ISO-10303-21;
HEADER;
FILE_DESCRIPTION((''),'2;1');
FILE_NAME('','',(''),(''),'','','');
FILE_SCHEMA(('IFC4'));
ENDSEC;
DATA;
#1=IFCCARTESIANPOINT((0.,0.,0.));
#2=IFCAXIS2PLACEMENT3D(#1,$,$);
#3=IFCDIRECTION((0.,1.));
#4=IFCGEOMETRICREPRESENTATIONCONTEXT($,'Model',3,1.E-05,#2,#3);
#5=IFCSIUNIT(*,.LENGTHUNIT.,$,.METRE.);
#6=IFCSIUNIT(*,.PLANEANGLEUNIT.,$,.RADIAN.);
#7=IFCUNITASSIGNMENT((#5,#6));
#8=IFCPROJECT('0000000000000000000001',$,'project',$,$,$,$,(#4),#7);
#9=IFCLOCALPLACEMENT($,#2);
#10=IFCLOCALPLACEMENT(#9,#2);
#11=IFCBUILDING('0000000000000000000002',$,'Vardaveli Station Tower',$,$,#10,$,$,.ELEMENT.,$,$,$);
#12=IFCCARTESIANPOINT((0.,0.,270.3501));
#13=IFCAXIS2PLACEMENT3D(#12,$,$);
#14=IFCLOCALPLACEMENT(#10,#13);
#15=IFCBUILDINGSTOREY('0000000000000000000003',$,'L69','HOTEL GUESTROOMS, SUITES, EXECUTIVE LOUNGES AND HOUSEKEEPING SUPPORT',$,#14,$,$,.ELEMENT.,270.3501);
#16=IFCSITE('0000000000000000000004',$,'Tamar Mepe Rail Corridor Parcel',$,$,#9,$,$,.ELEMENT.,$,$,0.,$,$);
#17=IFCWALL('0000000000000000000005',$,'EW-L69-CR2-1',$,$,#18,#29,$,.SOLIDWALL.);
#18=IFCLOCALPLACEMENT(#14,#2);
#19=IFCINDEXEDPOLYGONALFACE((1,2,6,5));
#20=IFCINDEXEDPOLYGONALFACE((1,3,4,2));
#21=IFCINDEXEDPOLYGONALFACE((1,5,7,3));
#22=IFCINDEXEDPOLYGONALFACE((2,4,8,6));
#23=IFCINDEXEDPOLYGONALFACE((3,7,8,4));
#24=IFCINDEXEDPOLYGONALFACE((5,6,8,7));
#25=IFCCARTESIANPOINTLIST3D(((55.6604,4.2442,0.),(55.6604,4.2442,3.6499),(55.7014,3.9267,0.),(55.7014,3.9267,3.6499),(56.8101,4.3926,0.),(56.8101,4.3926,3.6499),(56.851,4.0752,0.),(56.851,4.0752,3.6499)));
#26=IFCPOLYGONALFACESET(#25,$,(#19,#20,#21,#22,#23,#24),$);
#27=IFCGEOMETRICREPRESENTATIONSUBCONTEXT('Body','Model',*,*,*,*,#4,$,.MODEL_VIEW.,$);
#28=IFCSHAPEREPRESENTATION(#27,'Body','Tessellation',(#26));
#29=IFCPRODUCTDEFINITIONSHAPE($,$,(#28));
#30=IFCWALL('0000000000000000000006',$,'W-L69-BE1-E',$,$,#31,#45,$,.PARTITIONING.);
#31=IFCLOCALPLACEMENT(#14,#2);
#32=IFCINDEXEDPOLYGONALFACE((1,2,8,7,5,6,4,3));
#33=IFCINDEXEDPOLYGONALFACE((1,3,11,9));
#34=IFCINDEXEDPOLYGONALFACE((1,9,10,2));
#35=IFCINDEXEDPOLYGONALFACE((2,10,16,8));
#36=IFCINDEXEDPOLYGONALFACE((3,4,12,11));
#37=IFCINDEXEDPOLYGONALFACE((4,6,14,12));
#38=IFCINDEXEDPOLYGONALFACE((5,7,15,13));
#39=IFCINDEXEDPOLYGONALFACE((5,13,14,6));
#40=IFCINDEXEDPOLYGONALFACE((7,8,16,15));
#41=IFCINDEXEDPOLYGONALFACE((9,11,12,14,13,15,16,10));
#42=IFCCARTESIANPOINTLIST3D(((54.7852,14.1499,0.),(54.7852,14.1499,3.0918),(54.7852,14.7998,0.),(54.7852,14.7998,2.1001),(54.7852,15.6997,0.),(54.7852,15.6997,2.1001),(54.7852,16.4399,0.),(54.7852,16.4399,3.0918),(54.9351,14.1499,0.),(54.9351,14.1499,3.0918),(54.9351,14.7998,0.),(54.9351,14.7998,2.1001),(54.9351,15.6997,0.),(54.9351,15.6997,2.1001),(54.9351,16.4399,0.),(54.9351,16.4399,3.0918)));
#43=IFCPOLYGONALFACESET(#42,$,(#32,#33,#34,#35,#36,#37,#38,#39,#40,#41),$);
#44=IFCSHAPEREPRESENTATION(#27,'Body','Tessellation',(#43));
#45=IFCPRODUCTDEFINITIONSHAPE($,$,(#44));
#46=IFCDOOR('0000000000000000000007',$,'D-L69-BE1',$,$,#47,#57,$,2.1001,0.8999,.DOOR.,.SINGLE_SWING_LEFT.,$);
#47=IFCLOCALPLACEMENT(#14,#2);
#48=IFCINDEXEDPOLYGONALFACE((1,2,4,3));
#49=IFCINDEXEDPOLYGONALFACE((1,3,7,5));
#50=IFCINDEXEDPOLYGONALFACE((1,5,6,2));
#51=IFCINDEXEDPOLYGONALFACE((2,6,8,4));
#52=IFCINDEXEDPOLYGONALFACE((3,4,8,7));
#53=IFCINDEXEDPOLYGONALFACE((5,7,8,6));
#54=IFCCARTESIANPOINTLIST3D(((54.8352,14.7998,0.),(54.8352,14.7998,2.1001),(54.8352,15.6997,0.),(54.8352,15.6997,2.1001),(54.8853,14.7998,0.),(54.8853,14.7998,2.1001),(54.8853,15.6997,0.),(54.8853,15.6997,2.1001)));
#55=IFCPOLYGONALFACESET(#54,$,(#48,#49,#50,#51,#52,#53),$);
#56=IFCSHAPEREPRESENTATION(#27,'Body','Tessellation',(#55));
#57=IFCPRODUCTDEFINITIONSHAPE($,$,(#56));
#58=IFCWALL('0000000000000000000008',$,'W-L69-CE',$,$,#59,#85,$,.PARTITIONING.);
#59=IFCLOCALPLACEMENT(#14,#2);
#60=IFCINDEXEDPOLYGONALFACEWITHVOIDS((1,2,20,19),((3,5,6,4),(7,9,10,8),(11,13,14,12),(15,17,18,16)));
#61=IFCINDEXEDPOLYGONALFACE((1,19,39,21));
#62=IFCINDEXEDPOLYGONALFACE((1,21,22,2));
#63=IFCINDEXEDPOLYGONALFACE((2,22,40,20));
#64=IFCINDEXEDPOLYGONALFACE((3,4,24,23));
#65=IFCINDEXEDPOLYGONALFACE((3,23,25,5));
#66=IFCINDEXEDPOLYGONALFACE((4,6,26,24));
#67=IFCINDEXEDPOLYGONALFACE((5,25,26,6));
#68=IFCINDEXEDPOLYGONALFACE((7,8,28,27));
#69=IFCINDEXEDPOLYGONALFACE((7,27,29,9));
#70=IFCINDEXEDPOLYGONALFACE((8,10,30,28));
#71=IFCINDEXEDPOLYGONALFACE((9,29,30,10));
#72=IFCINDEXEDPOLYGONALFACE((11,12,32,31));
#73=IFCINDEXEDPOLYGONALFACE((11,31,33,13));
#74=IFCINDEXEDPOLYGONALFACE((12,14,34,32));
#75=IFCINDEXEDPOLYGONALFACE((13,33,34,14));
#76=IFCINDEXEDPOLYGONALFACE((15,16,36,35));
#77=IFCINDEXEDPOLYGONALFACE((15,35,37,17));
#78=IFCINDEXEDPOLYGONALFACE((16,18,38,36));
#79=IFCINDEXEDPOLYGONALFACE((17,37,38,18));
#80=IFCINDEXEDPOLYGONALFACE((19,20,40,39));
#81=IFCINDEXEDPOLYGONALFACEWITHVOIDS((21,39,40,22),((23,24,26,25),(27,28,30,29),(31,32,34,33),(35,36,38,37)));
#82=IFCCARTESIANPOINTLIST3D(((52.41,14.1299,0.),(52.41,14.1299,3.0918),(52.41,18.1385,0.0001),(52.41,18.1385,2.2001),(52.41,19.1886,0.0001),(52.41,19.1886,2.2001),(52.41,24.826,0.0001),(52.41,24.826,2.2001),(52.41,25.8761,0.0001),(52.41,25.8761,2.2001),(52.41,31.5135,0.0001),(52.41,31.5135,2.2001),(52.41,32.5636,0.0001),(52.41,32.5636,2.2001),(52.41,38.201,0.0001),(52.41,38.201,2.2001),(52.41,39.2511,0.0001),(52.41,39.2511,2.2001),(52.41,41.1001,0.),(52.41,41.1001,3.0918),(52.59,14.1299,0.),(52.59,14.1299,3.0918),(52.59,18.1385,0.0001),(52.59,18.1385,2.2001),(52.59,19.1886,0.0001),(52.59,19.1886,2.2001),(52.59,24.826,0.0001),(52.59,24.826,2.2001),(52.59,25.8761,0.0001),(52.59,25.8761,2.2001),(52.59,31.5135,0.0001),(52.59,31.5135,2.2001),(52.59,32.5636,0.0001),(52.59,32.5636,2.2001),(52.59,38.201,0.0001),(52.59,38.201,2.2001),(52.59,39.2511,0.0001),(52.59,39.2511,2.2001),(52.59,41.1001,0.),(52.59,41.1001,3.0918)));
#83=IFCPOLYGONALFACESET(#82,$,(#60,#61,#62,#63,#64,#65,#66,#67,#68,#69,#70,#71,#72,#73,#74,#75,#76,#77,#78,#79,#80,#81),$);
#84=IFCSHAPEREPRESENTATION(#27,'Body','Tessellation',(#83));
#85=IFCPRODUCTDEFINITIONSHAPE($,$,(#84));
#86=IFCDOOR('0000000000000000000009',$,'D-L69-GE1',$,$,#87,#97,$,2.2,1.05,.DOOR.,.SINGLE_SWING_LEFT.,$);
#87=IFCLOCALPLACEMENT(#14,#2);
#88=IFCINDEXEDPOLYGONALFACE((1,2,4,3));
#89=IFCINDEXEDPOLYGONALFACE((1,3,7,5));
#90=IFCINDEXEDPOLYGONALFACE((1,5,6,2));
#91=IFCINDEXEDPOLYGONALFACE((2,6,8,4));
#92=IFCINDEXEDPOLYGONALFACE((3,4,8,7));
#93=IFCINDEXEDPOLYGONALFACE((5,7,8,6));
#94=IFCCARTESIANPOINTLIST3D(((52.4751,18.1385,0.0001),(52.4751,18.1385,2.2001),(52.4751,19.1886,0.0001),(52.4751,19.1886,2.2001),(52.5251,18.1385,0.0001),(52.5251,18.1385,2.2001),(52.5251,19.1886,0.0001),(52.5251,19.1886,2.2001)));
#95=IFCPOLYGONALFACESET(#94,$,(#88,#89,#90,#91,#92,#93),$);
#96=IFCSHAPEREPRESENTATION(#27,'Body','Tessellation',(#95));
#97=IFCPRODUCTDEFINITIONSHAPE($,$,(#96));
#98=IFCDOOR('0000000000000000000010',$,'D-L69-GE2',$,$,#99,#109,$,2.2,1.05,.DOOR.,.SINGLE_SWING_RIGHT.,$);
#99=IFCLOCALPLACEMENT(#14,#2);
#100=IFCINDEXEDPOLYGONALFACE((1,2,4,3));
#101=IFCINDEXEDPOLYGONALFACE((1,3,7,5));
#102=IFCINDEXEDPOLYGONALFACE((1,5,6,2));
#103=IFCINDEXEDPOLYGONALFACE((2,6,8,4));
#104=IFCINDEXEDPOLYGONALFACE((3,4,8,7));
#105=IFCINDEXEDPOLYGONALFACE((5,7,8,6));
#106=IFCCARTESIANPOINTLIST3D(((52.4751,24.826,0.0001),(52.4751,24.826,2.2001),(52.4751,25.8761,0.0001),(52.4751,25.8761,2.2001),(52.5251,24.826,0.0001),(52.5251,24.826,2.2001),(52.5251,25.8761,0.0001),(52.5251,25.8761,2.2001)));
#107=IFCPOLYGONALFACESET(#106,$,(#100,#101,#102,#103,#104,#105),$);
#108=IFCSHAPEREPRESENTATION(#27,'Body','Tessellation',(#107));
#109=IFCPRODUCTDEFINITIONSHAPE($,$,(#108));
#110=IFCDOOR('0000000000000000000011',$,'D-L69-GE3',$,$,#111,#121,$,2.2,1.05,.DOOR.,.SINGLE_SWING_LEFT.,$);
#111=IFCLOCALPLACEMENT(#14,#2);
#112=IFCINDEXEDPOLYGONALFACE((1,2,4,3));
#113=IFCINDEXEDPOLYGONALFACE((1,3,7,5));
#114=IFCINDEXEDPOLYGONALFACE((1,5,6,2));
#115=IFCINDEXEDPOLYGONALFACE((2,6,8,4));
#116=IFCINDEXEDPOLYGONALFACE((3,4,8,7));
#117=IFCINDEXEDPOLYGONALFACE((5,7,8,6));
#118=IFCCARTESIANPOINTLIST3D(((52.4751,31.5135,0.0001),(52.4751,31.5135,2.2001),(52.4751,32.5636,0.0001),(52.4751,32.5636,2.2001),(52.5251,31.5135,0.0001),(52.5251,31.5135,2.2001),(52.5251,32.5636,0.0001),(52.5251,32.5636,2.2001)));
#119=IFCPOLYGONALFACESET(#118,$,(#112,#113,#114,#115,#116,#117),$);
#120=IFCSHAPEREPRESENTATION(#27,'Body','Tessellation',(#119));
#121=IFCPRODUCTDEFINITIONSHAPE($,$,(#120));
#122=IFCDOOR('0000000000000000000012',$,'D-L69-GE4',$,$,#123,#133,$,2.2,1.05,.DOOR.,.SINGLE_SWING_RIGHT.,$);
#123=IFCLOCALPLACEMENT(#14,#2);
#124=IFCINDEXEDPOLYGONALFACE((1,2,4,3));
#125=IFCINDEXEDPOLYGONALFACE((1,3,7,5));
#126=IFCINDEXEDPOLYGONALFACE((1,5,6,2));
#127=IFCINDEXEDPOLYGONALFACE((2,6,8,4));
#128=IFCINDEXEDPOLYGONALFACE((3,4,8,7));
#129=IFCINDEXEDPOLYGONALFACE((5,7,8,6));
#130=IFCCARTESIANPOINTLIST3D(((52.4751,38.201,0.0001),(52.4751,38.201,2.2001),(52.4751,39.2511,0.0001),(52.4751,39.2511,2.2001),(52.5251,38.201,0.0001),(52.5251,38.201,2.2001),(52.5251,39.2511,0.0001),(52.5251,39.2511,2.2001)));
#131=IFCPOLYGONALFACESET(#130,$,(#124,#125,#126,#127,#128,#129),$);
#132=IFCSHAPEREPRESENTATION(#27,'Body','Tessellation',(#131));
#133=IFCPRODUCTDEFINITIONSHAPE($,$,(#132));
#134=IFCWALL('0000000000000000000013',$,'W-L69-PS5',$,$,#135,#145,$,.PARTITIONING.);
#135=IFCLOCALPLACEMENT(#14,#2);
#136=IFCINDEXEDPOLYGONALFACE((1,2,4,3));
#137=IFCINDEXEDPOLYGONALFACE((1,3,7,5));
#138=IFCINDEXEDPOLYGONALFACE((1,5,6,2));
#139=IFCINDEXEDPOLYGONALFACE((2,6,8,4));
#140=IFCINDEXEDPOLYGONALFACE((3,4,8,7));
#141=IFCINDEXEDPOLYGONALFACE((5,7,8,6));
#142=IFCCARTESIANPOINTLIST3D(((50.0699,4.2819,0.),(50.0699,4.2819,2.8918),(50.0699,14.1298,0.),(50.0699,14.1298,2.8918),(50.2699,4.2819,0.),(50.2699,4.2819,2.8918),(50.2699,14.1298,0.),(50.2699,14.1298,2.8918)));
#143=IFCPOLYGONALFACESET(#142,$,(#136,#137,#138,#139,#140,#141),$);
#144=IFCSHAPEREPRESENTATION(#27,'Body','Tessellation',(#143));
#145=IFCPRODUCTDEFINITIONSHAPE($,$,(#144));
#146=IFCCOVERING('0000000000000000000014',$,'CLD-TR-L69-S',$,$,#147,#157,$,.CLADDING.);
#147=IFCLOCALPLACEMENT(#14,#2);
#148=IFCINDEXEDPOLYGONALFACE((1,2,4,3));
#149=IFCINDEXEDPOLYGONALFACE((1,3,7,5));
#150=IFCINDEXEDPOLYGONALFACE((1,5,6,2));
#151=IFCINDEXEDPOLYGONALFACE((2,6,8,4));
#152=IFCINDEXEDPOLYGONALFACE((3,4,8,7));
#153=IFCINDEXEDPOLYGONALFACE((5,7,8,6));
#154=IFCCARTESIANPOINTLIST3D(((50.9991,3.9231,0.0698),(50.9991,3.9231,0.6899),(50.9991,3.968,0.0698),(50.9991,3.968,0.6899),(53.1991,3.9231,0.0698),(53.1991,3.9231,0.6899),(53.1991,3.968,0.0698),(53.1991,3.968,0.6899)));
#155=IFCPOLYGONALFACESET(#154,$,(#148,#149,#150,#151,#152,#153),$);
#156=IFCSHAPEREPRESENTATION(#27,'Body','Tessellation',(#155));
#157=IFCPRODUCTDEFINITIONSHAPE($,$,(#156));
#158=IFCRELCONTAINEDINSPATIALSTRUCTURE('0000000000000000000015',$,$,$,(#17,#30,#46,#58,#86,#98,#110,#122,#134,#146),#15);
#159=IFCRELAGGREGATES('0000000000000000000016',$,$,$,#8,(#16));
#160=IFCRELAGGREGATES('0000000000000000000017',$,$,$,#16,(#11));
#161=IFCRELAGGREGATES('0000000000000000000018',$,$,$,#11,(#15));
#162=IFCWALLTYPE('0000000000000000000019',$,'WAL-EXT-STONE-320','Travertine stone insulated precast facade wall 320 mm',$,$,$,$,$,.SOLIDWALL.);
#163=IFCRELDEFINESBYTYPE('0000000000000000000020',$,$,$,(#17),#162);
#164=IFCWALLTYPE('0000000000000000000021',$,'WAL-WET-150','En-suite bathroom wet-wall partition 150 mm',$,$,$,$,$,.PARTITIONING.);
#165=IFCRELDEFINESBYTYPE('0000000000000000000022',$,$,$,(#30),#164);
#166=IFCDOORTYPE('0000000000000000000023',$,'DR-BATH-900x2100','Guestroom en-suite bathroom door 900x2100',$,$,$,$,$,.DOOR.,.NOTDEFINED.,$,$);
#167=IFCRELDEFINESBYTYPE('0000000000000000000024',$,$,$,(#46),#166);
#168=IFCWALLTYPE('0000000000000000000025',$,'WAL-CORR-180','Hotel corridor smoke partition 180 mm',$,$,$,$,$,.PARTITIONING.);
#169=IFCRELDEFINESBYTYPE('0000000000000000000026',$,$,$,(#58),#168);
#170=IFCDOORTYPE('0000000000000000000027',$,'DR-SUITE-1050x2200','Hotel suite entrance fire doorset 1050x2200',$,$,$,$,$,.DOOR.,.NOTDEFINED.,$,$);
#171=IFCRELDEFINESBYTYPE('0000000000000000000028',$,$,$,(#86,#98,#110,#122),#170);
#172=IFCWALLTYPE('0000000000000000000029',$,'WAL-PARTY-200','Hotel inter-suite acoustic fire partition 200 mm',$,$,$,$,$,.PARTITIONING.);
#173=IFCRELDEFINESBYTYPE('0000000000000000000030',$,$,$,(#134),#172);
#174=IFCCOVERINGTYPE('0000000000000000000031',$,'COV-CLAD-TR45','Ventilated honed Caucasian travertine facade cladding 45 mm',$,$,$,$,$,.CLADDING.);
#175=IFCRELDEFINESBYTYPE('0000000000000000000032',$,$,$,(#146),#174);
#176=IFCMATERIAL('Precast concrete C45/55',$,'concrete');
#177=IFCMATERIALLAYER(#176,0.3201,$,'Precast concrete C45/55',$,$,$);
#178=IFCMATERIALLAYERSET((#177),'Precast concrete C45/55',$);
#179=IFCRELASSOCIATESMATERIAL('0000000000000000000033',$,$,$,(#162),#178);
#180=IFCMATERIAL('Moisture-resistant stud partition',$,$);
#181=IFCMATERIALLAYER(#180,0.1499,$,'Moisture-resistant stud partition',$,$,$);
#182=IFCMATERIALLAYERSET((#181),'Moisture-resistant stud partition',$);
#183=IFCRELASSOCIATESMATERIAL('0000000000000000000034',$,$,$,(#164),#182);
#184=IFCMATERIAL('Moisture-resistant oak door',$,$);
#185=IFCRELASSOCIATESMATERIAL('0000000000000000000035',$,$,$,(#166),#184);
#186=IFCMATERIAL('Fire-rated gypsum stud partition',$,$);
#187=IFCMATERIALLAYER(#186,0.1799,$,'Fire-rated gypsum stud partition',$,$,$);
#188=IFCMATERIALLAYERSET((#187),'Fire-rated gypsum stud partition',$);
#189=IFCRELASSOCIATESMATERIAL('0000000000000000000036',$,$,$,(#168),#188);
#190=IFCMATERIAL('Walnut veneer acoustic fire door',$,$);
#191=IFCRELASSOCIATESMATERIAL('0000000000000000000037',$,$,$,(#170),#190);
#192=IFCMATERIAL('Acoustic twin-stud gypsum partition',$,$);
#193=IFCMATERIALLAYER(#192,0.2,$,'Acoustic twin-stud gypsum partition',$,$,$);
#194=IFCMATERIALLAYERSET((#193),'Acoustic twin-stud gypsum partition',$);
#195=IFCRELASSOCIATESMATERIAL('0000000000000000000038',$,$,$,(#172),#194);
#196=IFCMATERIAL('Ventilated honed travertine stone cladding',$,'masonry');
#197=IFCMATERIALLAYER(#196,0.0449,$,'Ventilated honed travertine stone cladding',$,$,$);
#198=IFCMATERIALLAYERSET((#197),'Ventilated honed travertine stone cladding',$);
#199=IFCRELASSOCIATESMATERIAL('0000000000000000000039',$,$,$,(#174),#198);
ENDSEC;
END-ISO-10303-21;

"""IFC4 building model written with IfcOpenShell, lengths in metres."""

from ifc_helpers import new_model, si_unit, direction, frame, frame_2d, origin, origin_2d, place, context, subcontext, project, spatial, rectangle, extrude, source, transform, mapped, material, layer, layer_set, type_object, element, fill, save


model = new_model("IFC4")

# Units and contexts
model_context = context("Model", 3, precision=1e-05, world=origin(), true_north=direction((0.0, 1.0)))
body_context = subcontext(model_context, "Body", "Model", "MODEL_VIEW")
ifc_project = project(units=[si_unit("LENGTHUNIT", "METRE"), si_unit("PLANEANGLEUNIT", "RADIAN")], contexts=[model_context])

# Site, building, storey
site_placement = place(None, origin())
site = spatial("IfcSite", under=ifc_project, at=site_placement, Name="Tamar Mepe Rail Corridor Parcel", CompositionType="ELEMENT", RefElevation=0.0)
building_placement = place(site_placement, origin())
building = spatial("IfcBuilding", under=site, at=building_placement, Name="Vardaveli Station Tower", CompositionType="ELEMENT")
storey_placement = place(building_placement, frame((0.0, 0.0, 270.3501)))
storey = spatial("IfcBuildingStorey", under=building, at=storey_placement, Name="L69", Description="HOTEL GUESTROOMS, SUITES, EXECUTIVE LOUNGES AND HOUSEKEEPING SUPPORT", CompositionType="ELEMENT", Elevation=270.3501)

# Shared definitions
ifc_material_1 = material(Name="Precast concrete C45/55", Category="concrete")

# Shared definitions
ifc_layer_1 = layer(ifc_material_1, 0.3201, Name="Precast concrete C45/55")
ifc_layer_set_1 = layer_set([ifc_layer_1], Name="Precast concrete C45/55")
wall_type_1 = type_object("IfcWallType", Name="WAL-EXT-STONE-320", Description="Travertine stone insulated precast facade wall 320 mm", PredefinedType="SOLIDWALL", material=ifc_layer_set_1)

# Wall
shared_shape_1 = source(origin(), body_context, "Body", "SweptSolid", [
    extrude(rectangle(XDim=1.1592, YDim=0.3201, at=frame_2d((0.5796, 0.0))), origin(), (0.0, 0.0, 1.0), 3.6499),
])
wall_1_placement = place(storey_placement, frame((55.6809, 4.0854, 0.0), z_axis=(0.0, 0.0, 1.0), x_axis=(0.991768, 0.128052, 0.0)))
element("IfcWall", 1, at=wall_1_placement, inside=storey, type_object=wall_type_1, Name="EW-L69-CR2-1", PredefinedType="SOLIDWALL", context=body_context, shape_type="MappedRepresentation", body=[
    mapped(shared_shape_1, transform((0.0, 0.0, 0.0), scale=1.0)),
])

# Wall, opening, door
ifc_material_2 = material(Name="Moisture-resistant stud partition")
ifc_layer_2 = layer(ifc_material_2, 0.1499, Name="Moisture-resistant stud partition")
ifc_layer_set_2 = layer_set([ifc_layer_2], Name="Moisture-resistant stud partition")
wall_type_2 = type_object("IfcWallType", Name="WAL-WET-150", Description="En-suite bathroom wet-wall partition 150 mm", PredefinedType="PARTITIONING", material=ifc_layer_set_2)
shared_shape_2 = source(origin(), body_context, "Body", "SweptSolid", [
    extrude(rectangle(XDim=2.29, YDim=0.1499, at=frame_2d((1.145, 0.0))), origin(), (0.0, 0.0, 1.0), 3.0918),
])
wall_2_placement = place(storey_placement, frame((54.8601, 14.1499, 0.0), z_axis=(0.0, 0.0, 1.0), x_axis=(0.0, 1.0, 0.0)))
wall_2 = element("IfcWall", 2, at=wall_2_placement, inside=storey, type_object=wall_type_2, Name="W-L69-BE1-E", PredefinedType="PARTITIONING", context=body_context, shape_type="MappedRepresentation", body=[
    mapped(shared_shape_2, transform((0.0, 0.0, 0.0), scale=1.0)),
])
shared_shape_3 = source(origin(), body_context, "Body", "SweptSolid", [
    extrude(rectangle(XDim=0.8999, YDim=2.1001, at=frame_2d((0.45, 1.05))), frame((0.0, 0.085, 0.0), z_axis=(0.0, -1.0, 0.0), x_axis=(1.0, 0.0, 0.0)), (0.0, 0.0, 1.0), 0.1699),
])
opening_1_placement = place(wall_2_placement, frame((0.6499, 0.0, 0.0)))
opening_1 = element("IfcOpeningElement", 3, at=opening_1_placement, cuts=wall_2, PredefinedType="OPENING", context=body_context, shape_type="MappedRepresentation", body=[
    mapped(shared_shape_3, transform((0.0, 0.0, 0.0), scale=1.0)),
])
ifc_material_3 = material(Name="Moisture-resistant oak door")
door_type_1 = type_object("IfcDoorType", Name="DR-BATH-900x2100", Description="Guestroom en-suite bathroom door 900x2100", OperationType="NOTDEFINED", PredefinedType="DOOR", material=ifc_material_3)
shared_shape_4 = source(origin(), body_context, "Body", "SweptSolid", [
    extrude(rectangle(XDim=0.8999, YDim=2.1001, at=frame_2d((0.45, 1.05))), frame((0.0, 0.0249, 0.0), z_axis=(0.0, -1.0, 0.0), x_axis=(1.0, 0.0, 0.0)), (0.0, 0.0, 1.0), 0.05),
])
door_1_placement = place(opening_1_placement, origin())
door_1 = element("IfcDoor", 4, at=door_1_placement, inside=storey, type_object=door_type_1, Name="D-L69-BE1", OperationType="SINGLE_SWING_LEFT", OverallHeight=2.1001, OverallWidth=0.8999, PredefinedType="DOOR", context=body_context, shape_type="MappedRepresentation", body=[
    mapped(shared_shape_4, transform((0.0, 0.0, 0.0), scale=1.0)),
])
fill(opening_1, door_1)

# Wall, openings, doors
ifc_material_4 = material(Name="Fire-rated gypsum stud partition")
ifc_layer_3 = layer(ifc_material_4, 0.1799, Name="Fire-rated gypsum stud partition")
ifc_layer_set_3 = layer_set([ifc_layer_3], Name="Fire-rated gypsum stud partition")
wall_type_3 = type_object("IfcWallType", Name="WAL-CORR-180", Description="Hotel corridor smoke partition 180 mm", PredefinedType="PARTITIONING", material=ifc_layer_set_3)
shared_shape_5 = source(origin(), body_context, "Body", "SweptSolid", [
    extrude(rectangle(XDim=26.9702, YDim=0.1799, at=frame_2d((13.4851, 0.0))), origin(), (0.0, 0.0, 1.0), 3.0918),
])
wall_3_placement = place(storey_placement, frame((52.5, 14.1299, 0.0), z_axis=(0.0, 0.0, 1.0), x_axis=(0.0, 1.0, 0.0)))
wall_3 = element("IfcWall", 5, at=wall_3_placement, inside=storey, type_object=wall_type_3, Name="W-L69-CE", PredefinedType="PARTITIONING", context=body_context, shape_type="MappedRepresentation", body=[
    mapped(shared_shape_5, transform((0.0, 0.0, 0.0), scale=1.0)),
])
shared_shape_6 = source(origin(), body_context, "Body", "SweptSolid", [
    extrude(rectangle(XDim=1.05, YDim=2.2, at=frame_2d((0.5249, 1.1001))), frame((0.0, 0.1001, 0.0), z_axis=(0.0, -1.0, 0.0), x_axis=(1.0, 0.0, 0.0)), (0.0, 0.0, 1.0), 0.2),
])
opening_2_placement = place(wall_3_placement, frame((4.0088, 0.0, 0.0)))
opening_2 = element("IfcOpeningElement", 6, at=opening_2_placement, cuts=wall_3, PredefinedType="OPENING", context=body_context, shape_type="MappedRepresentation", body=[
    mapped(shared_shape_6, transform((0.0, 0.0, 0.0), scale=1.0)),
])
opening_3_placement = place(wall_3_placement, frame((10.6963, 0.0, 0.0)))
opening_3 = element("IfcOpeningElement", 7, at=opening_3_placement, cuts=wall_3, PredefinedType="OPENING", context=body_context, shape_type="MappedRepresentation", body=[
    mapped(shared_shape_6, transform((0.0, 0.0, 0.0), scale=1.0)),
])
opening_4_placement = place(wall_3_placement, frame((17.3838, 0.0, 0.0)))
opening_4 = element("IfcOpeningElement", 8, at=opening_4_placement, cuts=wall_3, PredefinedType="OPENING", context=body_context, shape_type="MappedRepresentation", body=[
    mapped(shared_shape_6, transform((0.0, 0.0, 0.0), scale=1.0)),
])
opening_5_placement = place(wall_3_placement, frame((24.0713, 0.0, 0.0)))
opening_5 = element("IfcOpeningElement", 9, at=opening_5_placement, cuts=wall_3, PredefinedType="OPENING", context=body_context, shape_type="MappedRepresentation", body=[
    mapped(shared_shape_6, transform((0.0, 0.0, 0.0), scale=1.0)),
])
ifc_material_5 = material(Name="Walnut veneer acoustic fire door")
door_type_2 = type_object("IfcDoorType", Name="DR-SUITE-1050x2200", Description="Hotel suite entrance fire doorset 1050x2200", OperationType="NOTDEFINED", PredefinedType="DOOR", material=ifc_material_5)
shared_shape_7 = source(origin(), body_context, "Body", "SweptSolid", [
    extrude(rectangle(XDim=1.05, YDim=2.2, at=frame_2d((0.5249, 1.1001))), frame((0.0, 0.0249, 0.0), z_axis=(0.0, -1.0, 0.0), x_axis=(1.0, 0.0, 0.0)), (0.0, 0.0, 1.0), 0.05),
])
door_2_placement = place(opening_2_placement, origin())
door_2 = element("IfcDoor", 10, at=door_2_placement, inside=storey, type_object=door_type_2, Name="D-L69-GE1", OperationType="SINGLE_SWING_LEFT", OverallHeight=2.2, OverallWidth=1.05, PredefinedType="DOOR", context=body_context, shape_type="MappedRepresentation", body=[
    mapped(shared_shape_7, transform((0.0, 0.0, 0.0), scale=1.0)),
])
fill(opening_2, door_2)
door_3_placement = place(opening_3_placement, origin())
door_3 = element("IfcDoor", 11, at=door_3_placement, inside=storey, type_object=door_type_2, Name="D-L69-GE2", OperationType="SINGLE_SWING_RIGHT", OverallHeight=2.2, OverallWidth=1.05, PredefinedType="DOOR", context=body_context, shape_type="MappedRepresentation", body=[
    mapped(shared_shape_7, transform((0.0, 0.0, 0.0), scale=1.0)),
])
fill(opening_3, door_3)
door_4_placement = place(opening_4_placement, origin())
door_4 = element("IfcDoor", 12, at=door_4_placement, inside=storey, type_object=door_type_2, Name="D-L69-GE3", OperationType="SINGLE_SWING_LEFT", OverallHeight=2.2, OverallWidth=1.05, PredefinedType="DOOR", context=body_context, shape_type="MappedRepresentation", body=[
    mapped(shared_shape_7, transform((0.0, 0.0, 0.0), scale=1.0)),
])
fill(opening_4, door_4)
door_5_placement = place(opening_5_placement, origin())
door_5 = element("IfcDoor", 13, at=door_5_placement, inside=storey, type_object=door_type_2, Name="D-L69-GE4", OperationType="SINGLE_SWING_RIGHT", OverallHeight=2.2, OverallWidth=1.05, PredefinedType="DOOR", context=body_context, shape_type="MappedRepresentation", body=[
    mapped(shared_shape_7, transform((0.0, 0.0, 0.0), scale=1.0)),
])
fill(opening_5, door_5)

# Wall
ifc_material_6 = material(Name="Acoustic twin-stud gypsum partition")
ifc_layer_4 = layer(ifc_material_6, 0.2, Name="Acoustic twin-stud gypsum partition")
ifc_layer_set_4 = layer_set([ifc_layer_4], Name="Acoustic twin-stud gypsum partition")
wall_type_4 = type_object("IfcWallType", Name="WAL-PARTY-200", Description="Hotel inter-suite acoustic fire partition 200 mm", PredefinedType="PARTITIONING", material=ifc_layer_set_4)
shared_shape_8 = source(origin(), body_context, "Body", "SweptSolid", [
    extrude(rectangle(XDim=9.8479, YDim=0.2, at=frame_2d((4.9238, 0.0))), origin(), (0.0, 0.0, 1.0), 2.8918),
])
wall_4_placement = place(storey_placement, frame((50.1699, 4.282, 0.0), z_axis=(0.0, 0.0, 1.0), x_axis=(0.0, 1.0, 0.0)))
element("IfcWall", 14, at=wall_4_placement, inside=storey, type_object=wall_type_4, Name="W-L69-PS5", PredefinedType="PARTITIONING", context=body_context, shape_type="MappedRepresentation", body=[
    mapped(shared_shape_8, transform((0.0, 0.0, 0.0), scale=1.0)),
])

# Covering
ifc_material_7 = material(Name="Ventilated honed travertine stone cladding", Category="masonry")
ifc_layer_5 = layer(ifc_material_7, 0.0449, Name="Ventilated honed travertine stone cladding")
ifc_layer_set_5 = layer_set([ifc_layer_5], Name="Ventilated honed travertine stone cladding")
covering_type = type_object("IfcCoveringType", Name="COV-CLAD-TR45", Description="Ventilated honed Caucasian travertine facade cladding 45 mm", PredefinedType="CLADDING", material=ifc_layer_set_5)
shared_shape_9 = source(origin(), body_context, "Body", "SweptSolid", [
    extrude(rectangle(XDim=2.2, YDim=0.0449, at=origin_2d()), origin(), (0.0, 0.0, 1.0), 0.6201),
])
covering_placement = place(storey_placement, frame((52.0991, 3.9456, 0.0698), z_axis=(0.0, 0.0, 1.0), x_axis=(1.0, 0.0, 0.0)))
element("IfcCovering", 15, at=covering_placement, inside=storey, type_object=covering_type, Name="CLD-TR-L69-S", PredefinedType="CLADDING", context=body_context, shape_type="MappedRepresentation", body=[
    mapped(shared_shape_9, transform((0.0, 0.0, 0.0), scale=1.0)),
])

save(model, "model.ifc")
